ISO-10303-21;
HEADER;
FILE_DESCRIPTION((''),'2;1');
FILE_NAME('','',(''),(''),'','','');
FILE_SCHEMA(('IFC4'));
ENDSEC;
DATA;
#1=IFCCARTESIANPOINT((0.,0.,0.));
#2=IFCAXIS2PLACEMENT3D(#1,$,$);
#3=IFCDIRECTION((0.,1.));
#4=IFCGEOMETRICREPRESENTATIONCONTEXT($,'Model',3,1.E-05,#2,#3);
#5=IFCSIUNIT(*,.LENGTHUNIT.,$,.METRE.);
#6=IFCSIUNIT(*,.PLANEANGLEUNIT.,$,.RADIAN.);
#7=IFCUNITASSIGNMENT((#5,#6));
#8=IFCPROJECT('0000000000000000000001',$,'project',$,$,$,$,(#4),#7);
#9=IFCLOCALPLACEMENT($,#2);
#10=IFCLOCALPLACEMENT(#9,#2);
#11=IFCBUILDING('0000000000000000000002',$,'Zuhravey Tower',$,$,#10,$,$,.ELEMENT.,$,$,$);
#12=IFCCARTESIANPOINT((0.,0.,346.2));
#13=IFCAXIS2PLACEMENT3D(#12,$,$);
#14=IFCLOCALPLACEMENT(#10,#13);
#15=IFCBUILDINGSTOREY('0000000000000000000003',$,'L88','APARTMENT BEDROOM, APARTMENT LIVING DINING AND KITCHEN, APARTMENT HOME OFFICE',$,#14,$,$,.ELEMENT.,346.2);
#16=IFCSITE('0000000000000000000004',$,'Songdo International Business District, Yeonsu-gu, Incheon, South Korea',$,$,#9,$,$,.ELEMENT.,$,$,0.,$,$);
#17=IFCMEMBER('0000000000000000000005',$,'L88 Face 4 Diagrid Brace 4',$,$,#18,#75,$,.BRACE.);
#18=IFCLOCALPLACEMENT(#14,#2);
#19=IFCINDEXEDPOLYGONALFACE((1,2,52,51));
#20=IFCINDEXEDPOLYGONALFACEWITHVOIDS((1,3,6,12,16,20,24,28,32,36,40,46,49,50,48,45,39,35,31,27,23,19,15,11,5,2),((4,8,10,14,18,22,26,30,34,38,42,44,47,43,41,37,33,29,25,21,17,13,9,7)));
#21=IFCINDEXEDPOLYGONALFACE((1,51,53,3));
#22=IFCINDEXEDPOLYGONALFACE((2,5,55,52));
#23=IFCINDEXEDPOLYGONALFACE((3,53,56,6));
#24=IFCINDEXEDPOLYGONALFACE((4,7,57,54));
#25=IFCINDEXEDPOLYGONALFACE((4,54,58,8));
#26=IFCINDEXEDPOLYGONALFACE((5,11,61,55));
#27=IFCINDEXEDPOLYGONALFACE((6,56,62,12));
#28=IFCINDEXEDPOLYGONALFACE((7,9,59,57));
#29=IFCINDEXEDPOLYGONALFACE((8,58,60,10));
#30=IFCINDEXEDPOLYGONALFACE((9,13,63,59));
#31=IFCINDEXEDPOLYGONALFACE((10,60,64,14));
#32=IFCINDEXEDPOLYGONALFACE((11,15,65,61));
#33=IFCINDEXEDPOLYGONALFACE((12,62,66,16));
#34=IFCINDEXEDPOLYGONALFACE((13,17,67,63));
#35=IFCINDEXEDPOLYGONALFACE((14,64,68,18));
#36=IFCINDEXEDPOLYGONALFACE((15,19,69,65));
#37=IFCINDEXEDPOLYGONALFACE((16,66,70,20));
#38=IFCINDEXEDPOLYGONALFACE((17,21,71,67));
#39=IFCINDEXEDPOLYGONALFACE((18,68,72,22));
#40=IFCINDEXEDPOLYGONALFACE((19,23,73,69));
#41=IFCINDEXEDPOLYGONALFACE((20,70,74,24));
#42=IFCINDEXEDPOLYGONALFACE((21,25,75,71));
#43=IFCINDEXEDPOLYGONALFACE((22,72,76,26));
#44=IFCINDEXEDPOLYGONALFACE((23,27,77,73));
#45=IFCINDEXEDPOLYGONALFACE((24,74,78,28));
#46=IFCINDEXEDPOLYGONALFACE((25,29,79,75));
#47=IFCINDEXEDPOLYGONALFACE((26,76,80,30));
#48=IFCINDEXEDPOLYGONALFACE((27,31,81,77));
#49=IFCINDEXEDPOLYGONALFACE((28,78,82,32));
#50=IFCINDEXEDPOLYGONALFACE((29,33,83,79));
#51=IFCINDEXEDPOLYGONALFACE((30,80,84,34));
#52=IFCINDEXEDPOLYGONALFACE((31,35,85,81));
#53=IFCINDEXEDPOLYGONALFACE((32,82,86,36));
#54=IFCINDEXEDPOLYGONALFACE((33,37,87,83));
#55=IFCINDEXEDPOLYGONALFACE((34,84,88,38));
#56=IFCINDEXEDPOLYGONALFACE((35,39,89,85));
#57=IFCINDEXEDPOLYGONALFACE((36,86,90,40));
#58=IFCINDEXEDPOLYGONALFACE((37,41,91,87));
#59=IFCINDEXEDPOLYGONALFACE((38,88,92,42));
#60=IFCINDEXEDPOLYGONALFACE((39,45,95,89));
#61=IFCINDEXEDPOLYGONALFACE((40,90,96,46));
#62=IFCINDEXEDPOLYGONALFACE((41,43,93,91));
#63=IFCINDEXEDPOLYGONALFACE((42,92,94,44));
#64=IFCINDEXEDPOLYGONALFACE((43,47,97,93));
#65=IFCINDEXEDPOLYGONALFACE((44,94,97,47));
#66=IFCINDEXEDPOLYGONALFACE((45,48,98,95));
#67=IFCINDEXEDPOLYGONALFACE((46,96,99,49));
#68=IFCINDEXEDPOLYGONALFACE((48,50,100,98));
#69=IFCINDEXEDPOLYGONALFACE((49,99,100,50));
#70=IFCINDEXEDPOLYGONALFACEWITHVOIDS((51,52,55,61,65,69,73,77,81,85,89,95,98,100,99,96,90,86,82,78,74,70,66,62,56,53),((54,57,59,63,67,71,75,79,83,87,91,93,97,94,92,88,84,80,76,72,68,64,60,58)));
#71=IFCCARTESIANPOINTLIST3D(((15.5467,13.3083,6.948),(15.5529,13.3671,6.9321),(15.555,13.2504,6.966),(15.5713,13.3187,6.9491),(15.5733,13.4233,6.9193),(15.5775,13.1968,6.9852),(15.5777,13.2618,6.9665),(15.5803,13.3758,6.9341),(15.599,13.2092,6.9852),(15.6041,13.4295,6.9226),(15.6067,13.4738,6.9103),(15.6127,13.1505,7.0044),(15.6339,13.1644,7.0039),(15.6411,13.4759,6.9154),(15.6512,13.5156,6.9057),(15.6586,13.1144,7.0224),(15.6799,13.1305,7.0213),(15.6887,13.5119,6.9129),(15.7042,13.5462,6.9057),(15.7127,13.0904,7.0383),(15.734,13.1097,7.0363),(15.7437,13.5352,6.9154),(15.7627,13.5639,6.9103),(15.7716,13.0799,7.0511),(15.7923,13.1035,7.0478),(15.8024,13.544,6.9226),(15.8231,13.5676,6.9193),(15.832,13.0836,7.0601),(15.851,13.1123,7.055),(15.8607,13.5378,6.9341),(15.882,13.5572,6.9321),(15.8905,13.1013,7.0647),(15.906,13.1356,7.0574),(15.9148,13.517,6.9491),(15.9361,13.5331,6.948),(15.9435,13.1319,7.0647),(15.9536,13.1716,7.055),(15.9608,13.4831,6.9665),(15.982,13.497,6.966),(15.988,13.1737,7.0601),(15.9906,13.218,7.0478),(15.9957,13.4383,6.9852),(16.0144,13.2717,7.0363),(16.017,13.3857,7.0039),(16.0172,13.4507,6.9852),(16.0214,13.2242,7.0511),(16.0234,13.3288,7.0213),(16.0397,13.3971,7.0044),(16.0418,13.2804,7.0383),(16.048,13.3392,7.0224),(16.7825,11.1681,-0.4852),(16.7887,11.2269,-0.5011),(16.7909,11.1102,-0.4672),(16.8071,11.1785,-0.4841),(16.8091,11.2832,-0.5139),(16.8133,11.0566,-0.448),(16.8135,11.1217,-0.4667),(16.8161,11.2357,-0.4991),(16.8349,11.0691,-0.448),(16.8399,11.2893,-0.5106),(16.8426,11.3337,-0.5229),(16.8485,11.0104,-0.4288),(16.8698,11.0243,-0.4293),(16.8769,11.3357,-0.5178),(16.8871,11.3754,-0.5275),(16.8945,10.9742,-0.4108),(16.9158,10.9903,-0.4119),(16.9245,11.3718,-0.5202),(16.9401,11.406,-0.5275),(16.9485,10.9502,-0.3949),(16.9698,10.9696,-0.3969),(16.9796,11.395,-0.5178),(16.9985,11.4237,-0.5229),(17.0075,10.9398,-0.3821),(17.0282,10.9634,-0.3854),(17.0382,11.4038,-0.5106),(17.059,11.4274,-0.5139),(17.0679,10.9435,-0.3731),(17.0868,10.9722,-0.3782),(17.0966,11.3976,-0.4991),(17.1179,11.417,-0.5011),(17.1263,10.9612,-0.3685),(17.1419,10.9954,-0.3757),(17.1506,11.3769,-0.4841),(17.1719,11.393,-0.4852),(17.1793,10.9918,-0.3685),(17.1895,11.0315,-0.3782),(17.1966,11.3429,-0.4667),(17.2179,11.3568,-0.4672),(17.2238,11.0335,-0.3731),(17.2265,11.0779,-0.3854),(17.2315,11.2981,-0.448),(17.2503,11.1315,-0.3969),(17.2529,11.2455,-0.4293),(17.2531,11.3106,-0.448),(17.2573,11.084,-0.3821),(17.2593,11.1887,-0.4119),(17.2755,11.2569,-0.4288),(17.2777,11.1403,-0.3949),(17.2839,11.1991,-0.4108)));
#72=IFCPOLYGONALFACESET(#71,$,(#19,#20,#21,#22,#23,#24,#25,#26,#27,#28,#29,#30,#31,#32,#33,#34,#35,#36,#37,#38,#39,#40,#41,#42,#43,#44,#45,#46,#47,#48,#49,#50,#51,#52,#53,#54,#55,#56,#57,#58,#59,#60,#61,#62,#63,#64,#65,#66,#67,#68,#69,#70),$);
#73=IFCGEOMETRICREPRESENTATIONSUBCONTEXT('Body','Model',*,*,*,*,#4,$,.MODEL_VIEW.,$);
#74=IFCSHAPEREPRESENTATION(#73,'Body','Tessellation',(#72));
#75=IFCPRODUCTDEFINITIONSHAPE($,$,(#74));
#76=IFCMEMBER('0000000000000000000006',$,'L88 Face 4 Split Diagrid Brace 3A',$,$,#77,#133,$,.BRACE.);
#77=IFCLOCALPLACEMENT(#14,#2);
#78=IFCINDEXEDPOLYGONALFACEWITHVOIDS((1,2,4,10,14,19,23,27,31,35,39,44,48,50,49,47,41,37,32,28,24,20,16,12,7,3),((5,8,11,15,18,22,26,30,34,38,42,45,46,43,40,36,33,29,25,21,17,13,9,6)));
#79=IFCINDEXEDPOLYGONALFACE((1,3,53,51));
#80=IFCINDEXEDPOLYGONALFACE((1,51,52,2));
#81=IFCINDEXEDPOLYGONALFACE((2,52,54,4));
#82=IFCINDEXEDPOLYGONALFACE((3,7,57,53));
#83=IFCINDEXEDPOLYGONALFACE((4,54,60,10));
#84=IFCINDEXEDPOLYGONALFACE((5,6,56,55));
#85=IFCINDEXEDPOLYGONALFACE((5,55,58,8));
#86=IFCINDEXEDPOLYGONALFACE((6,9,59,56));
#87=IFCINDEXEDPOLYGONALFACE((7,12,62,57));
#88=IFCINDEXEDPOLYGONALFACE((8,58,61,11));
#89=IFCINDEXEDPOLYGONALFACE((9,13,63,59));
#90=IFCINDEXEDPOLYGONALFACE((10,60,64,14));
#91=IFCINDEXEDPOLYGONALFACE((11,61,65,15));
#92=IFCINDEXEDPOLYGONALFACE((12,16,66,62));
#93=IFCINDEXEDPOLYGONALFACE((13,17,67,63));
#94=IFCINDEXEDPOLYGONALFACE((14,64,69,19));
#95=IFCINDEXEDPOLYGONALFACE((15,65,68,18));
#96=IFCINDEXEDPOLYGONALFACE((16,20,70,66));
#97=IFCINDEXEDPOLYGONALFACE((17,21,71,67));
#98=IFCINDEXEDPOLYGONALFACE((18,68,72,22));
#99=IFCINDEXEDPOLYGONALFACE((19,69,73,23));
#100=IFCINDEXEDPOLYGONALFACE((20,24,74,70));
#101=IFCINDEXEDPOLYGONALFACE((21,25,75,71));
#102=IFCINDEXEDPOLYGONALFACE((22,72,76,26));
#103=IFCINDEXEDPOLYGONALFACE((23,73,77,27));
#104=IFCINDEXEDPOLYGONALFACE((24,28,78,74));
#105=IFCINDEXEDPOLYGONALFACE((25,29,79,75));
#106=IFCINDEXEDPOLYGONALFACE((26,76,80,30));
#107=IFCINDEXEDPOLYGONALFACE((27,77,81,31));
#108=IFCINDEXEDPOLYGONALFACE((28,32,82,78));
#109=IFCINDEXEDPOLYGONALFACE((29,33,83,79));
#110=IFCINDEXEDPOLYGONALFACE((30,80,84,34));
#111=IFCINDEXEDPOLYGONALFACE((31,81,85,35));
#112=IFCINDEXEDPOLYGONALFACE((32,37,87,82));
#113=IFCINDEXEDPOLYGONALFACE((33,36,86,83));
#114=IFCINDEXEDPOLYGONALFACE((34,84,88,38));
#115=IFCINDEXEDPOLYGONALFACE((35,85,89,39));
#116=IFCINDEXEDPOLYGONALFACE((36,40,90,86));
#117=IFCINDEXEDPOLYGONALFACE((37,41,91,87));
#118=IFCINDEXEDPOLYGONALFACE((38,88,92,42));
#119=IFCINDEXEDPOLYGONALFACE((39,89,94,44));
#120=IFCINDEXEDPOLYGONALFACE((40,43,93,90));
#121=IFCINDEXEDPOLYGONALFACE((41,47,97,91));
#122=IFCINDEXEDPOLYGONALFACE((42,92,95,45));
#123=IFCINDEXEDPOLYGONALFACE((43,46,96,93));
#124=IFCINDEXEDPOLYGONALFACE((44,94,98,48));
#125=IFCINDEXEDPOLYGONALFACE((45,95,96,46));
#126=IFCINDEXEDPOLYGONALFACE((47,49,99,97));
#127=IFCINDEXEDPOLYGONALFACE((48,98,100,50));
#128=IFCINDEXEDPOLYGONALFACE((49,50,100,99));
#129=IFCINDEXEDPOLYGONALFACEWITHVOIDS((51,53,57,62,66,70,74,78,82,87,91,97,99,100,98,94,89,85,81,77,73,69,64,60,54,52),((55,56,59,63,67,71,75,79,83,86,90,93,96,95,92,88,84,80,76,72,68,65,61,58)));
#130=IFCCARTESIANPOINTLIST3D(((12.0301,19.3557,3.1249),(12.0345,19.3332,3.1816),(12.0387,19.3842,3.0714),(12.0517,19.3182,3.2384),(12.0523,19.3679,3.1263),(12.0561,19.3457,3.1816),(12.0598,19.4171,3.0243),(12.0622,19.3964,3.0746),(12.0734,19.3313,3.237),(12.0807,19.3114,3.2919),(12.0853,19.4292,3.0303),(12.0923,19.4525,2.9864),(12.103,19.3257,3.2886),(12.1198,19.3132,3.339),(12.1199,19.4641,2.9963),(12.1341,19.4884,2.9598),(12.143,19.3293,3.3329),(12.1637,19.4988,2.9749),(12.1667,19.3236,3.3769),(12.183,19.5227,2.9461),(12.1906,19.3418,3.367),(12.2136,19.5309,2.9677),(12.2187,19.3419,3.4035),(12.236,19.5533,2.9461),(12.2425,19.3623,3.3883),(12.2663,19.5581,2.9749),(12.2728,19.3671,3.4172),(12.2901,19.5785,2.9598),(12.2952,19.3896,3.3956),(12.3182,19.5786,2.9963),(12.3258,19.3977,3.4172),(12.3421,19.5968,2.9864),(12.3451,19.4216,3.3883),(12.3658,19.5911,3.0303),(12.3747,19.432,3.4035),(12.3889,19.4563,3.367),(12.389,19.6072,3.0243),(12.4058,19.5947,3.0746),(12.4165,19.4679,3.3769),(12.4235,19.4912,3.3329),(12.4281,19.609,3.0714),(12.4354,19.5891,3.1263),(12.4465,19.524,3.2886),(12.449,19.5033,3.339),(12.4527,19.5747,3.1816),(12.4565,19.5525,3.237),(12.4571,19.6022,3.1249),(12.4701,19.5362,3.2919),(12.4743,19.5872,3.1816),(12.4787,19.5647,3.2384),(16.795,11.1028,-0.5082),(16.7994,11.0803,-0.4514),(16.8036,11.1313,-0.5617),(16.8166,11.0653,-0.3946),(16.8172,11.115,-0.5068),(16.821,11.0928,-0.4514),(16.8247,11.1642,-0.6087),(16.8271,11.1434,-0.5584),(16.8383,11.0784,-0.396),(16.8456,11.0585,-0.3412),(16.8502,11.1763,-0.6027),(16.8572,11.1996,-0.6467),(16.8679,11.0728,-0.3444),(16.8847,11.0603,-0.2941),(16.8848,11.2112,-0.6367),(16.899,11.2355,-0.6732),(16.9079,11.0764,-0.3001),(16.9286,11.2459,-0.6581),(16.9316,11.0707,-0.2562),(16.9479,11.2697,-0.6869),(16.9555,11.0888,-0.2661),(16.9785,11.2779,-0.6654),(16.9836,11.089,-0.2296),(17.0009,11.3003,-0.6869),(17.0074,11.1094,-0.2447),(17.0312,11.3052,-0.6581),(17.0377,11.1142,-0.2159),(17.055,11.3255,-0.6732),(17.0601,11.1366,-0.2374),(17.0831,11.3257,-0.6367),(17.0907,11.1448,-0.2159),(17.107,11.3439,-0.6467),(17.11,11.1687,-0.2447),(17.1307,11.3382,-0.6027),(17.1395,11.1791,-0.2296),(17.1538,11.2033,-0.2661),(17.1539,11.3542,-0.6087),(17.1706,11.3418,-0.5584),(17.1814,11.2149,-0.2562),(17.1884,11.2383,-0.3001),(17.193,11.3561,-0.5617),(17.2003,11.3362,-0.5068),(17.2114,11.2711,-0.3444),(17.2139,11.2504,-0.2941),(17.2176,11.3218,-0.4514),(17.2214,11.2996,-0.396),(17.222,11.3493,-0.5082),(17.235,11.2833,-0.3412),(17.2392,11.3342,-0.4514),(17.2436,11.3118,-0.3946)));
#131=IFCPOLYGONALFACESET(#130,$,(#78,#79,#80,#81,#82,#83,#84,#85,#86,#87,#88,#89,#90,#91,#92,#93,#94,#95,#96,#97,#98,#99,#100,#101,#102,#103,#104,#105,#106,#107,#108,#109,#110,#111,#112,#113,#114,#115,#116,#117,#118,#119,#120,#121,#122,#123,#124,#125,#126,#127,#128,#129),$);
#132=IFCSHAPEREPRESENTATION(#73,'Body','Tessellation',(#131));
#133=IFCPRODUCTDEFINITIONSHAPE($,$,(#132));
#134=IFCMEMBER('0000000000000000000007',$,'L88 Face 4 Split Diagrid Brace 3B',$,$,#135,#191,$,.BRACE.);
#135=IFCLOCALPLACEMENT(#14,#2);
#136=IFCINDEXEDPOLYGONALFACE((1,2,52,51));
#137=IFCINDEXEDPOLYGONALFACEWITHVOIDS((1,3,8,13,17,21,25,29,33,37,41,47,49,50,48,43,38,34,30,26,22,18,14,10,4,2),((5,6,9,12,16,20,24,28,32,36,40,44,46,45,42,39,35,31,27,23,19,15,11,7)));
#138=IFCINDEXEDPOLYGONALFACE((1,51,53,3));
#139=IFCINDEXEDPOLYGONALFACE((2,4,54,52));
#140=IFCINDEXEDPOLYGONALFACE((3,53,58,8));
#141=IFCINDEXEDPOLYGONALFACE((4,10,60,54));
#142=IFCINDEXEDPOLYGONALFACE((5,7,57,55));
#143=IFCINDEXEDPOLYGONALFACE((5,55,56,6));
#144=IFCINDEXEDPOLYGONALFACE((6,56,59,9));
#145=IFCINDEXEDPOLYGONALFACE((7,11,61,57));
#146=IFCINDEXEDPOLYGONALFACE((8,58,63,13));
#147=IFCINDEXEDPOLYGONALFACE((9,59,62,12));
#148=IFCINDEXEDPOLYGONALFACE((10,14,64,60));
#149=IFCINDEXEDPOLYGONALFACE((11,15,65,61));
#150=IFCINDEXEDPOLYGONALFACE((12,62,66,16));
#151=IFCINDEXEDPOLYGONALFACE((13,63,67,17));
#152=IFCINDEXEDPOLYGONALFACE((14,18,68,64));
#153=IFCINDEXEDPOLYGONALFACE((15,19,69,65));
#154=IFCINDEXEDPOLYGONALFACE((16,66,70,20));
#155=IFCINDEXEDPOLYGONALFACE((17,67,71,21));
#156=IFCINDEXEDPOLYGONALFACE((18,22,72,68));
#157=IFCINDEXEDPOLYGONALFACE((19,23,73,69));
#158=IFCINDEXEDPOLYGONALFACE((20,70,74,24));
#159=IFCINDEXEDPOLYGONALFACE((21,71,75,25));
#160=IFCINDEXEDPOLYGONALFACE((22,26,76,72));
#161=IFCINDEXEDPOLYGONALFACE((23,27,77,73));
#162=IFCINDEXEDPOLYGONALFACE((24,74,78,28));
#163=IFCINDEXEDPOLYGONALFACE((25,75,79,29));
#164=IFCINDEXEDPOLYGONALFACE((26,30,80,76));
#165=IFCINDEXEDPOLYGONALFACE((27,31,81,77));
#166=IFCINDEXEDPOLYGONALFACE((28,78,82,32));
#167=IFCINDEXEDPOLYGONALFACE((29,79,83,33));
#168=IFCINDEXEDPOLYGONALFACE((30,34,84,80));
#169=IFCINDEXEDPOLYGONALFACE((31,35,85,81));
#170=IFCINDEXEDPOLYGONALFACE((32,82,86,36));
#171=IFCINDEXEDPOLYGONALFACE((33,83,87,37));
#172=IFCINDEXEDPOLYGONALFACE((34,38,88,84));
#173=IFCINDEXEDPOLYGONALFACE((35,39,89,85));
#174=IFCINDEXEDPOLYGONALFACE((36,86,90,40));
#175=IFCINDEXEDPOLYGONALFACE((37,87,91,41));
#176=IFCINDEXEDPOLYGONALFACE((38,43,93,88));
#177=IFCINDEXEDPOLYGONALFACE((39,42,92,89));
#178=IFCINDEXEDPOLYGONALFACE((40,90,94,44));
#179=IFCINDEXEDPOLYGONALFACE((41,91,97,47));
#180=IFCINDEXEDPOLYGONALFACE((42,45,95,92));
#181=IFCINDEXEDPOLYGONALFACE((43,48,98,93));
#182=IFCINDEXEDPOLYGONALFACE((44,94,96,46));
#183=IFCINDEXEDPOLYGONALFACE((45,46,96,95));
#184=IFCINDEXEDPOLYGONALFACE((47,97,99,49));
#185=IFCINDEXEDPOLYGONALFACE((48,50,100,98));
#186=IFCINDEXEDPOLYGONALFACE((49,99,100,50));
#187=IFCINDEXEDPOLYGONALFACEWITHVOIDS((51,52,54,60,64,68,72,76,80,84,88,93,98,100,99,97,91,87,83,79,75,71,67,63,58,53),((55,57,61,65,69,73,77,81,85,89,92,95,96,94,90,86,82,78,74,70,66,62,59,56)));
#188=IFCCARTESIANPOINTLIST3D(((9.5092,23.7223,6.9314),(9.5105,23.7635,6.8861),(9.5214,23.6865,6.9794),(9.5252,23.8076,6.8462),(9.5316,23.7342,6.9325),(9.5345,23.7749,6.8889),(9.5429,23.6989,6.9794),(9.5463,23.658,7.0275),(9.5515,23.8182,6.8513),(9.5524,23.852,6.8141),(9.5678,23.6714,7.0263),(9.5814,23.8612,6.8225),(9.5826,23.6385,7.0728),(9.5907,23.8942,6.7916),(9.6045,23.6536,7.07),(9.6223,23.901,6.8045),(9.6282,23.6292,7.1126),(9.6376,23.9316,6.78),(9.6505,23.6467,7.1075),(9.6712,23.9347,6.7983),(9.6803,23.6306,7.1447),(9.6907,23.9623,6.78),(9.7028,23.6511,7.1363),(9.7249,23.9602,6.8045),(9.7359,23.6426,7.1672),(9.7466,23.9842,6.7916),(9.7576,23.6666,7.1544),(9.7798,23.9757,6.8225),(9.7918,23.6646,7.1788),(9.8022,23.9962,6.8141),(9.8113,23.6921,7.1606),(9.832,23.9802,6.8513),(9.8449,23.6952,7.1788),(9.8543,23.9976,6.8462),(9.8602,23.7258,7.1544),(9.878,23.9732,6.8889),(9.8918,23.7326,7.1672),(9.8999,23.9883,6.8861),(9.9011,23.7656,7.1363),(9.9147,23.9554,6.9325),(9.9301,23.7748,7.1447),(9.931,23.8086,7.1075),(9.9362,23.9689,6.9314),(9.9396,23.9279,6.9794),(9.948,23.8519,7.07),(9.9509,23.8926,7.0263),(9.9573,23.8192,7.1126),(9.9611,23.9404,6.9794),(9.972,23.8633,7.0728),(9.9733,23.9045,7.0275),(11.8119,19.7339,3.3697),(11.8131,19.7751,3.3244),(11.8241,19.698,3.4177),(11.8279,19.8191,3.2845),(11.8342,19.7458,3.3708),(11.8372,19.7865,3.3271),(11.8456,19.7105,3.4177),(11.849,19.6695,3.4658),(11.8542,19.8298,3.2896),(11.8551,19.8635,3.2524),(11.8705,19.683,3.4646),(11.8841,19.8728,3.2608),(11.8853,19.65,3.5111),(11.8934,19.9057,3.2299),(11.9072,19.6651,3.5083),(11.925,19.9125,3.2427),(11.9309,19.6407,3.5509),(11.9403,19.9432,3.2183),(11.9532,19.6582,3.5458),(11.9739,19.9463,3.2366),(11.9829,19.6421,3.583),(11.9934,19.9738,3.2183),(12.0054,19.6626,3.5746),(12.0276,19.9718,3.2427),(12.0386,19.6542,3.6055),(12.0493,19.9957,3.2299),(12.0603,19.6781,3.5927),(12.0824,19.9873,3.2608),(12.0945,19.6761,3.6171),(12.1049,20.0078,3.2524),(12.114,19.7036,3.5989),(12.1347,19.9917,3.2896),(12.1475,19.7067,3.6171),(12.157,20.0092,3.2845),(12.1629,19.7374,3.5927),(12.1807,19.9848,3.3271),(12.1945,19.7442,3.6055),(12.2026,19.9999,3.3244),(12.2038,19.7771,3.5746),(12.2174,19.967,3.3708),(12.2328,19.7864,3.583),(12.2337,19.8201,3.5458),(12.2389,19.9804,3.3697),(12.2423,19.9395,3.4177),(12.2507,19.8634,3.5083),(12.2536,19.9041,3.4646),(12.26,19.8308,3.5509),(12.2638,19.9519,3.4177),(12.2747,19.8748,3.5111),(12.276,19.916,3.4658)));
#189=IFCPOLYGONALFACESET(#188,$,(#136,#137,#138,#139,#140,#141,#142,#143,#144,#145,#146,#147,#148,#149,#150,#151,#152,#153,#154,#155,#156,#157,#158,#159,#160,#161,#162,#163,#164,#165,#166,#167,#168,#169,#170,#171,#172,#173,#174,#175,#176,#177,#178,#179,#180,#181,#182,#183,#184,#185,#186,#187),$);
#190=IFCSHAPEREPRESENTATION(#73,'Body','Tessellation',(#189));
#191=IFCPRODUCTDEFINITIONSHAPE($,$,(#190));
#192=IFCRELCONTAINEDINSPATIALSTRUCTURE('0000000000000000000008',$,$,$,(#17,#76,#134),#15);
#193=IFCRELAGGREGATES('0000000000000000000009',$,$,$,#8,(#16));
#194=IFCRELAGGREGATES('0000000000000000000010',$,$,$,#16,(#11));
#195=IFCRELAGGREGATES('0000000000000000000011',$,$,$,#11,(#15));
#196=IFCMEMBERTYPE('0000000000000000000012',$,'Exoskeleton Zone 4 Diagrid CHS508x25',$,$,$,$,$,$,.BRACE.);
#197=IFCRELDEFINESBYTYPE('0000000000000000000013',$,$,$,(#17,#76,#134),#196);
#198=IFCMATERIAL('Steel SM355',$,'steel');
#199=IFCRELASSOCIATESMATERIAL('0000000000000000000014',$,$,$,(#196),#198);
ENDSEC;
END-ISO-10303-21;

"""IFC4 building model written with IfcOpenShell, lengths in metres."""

from ifc_helpers import new_model, si_unit, direction, frame, origin, origin_2d, place, context, subcontext, project, spatial, hollow_circle, extrude, material, material_profile, profile_set, type_object, element, save


model = new_model("IFC4")

# Units and contexts
model_context = context("Model", 3, precision=1e-05, world=origin(), true_north=direction((0.0, 1.0)))
body_context = subcontext(model_context, "Body", "Model", "MODEL_VIEW")
ifc_project = project(units=[si_unit("LENGTHUNIT", "METRE"), si_unit("PLANEANGLEUNIT", "RADIAN")], contexts=[model_context])

# Site, building, storey
site_placement = place(None, origin())
site = spatial("IfcSite", under=ifc_project, at=site_placement, Name="Songdo International Business District, Yeonsu-gu, Incheon, South Korea", CompositionType="ELEMENT", RefElevation=0.0)
building_placement = place(site_placement, origin())
building = spatial("IfcBuilding", under=site, at=building_placement, Name="Zuhravey Tower", CompositionType="ELEMENT")
storey_placement = place(building_placement, frame((0.0, 0.0, 346.2)))
storey = spatial("IfcBuildingStorey", under=building, at=storey_placement, Name="L88", Description="APARTMENT BEDROOM, APARTMENT LIVING DINING AND KITCHEN, APARTMENT HOME OFFICE", CompositionType="ELEMENT", Elevation=346.2)

# Members
ifc_material_1 = material(Name="Steel SM355", Category="steel")
ifc_material_profile_1 = material_profile(ifc_material_1, hollow_circle(Radius=0.2539, WallThickness=0.0249, at=origin_2d()), Name="CHS-508.0x25")
ifc_profile_set_1 = profile_set([ifc_material_profile_1], Name="Steel SM355")
member_type_1 = type_object("IfcMemberType", Name="Exoskeleton Zone 4 Diagrid CHS508x25", PredefinedType="BRACE", material=ifc_profile_set_1)
member_1_placement = place(storey_placement, frame((17.0332, 11.1836, -0.448), z_axis=(-0.15777, 0.273215, 0.948927), x_axis=(-0.865985, -0.50007, 0.0)))
element("IfcMember", 1, at=member_1_placement, inside=storey, type_object=member_type_1, Name="L88 Face 4 Diagrid Brace 4", PredefinedType="BRACE", context=body_context, shape_type="SweptSolid", body=[
    extrude(hollow_circle(Radius=0.2539, WallThickness=0.0249, at=origin_2d()), origin(), (0.0, 0.0, 1.0), 7.8333),
])
member_2_placement = place(storey_placement, frame((17.0193, 11.2073, -0.4514), z_axis=(-0.467204, 0.809211, 0.356226), x_axis=(-0.866023, -0.500005, 0.0)))
element("IfcMember", 2, at=member_2_placement, inside=storey, type_object=member_type_1, Name="L88 Face 4 Split Diagrid Brace 3A", PredefinedType="BRACE", context=body_context, shape_type="SweptSolid", body=[
    extrude(hollow_circle(Radius=0.2539, WallThickness=0.0249, at=origin_2d()), origin(), (0.0, 0.0, 1.0), 10.1987),
])
member_3_placement = place(storey_placement, frame((12.0439, 19.825, 3.4177), z_axis=(-0.395515, 0.685064, 0.611764), x_axis=(-0.866029, -0.499993, 0.0)))
element("IfcMember", 3, at=member_3_placement, inside=storey, type_object=member_type_1, Name="L88 Face 4 Split Diagrid Brace 3B", PredefinedType="BRACE", context=body_context, shape_type="SweptSolid", body=[
    extrude(hollow_circle(Radius=0.2539, WallThickness=0.0249, at=origin_2d()), origin(), (0.0, 0.0, 1.0), 5.822),
])

save(model, "model.ifc")
